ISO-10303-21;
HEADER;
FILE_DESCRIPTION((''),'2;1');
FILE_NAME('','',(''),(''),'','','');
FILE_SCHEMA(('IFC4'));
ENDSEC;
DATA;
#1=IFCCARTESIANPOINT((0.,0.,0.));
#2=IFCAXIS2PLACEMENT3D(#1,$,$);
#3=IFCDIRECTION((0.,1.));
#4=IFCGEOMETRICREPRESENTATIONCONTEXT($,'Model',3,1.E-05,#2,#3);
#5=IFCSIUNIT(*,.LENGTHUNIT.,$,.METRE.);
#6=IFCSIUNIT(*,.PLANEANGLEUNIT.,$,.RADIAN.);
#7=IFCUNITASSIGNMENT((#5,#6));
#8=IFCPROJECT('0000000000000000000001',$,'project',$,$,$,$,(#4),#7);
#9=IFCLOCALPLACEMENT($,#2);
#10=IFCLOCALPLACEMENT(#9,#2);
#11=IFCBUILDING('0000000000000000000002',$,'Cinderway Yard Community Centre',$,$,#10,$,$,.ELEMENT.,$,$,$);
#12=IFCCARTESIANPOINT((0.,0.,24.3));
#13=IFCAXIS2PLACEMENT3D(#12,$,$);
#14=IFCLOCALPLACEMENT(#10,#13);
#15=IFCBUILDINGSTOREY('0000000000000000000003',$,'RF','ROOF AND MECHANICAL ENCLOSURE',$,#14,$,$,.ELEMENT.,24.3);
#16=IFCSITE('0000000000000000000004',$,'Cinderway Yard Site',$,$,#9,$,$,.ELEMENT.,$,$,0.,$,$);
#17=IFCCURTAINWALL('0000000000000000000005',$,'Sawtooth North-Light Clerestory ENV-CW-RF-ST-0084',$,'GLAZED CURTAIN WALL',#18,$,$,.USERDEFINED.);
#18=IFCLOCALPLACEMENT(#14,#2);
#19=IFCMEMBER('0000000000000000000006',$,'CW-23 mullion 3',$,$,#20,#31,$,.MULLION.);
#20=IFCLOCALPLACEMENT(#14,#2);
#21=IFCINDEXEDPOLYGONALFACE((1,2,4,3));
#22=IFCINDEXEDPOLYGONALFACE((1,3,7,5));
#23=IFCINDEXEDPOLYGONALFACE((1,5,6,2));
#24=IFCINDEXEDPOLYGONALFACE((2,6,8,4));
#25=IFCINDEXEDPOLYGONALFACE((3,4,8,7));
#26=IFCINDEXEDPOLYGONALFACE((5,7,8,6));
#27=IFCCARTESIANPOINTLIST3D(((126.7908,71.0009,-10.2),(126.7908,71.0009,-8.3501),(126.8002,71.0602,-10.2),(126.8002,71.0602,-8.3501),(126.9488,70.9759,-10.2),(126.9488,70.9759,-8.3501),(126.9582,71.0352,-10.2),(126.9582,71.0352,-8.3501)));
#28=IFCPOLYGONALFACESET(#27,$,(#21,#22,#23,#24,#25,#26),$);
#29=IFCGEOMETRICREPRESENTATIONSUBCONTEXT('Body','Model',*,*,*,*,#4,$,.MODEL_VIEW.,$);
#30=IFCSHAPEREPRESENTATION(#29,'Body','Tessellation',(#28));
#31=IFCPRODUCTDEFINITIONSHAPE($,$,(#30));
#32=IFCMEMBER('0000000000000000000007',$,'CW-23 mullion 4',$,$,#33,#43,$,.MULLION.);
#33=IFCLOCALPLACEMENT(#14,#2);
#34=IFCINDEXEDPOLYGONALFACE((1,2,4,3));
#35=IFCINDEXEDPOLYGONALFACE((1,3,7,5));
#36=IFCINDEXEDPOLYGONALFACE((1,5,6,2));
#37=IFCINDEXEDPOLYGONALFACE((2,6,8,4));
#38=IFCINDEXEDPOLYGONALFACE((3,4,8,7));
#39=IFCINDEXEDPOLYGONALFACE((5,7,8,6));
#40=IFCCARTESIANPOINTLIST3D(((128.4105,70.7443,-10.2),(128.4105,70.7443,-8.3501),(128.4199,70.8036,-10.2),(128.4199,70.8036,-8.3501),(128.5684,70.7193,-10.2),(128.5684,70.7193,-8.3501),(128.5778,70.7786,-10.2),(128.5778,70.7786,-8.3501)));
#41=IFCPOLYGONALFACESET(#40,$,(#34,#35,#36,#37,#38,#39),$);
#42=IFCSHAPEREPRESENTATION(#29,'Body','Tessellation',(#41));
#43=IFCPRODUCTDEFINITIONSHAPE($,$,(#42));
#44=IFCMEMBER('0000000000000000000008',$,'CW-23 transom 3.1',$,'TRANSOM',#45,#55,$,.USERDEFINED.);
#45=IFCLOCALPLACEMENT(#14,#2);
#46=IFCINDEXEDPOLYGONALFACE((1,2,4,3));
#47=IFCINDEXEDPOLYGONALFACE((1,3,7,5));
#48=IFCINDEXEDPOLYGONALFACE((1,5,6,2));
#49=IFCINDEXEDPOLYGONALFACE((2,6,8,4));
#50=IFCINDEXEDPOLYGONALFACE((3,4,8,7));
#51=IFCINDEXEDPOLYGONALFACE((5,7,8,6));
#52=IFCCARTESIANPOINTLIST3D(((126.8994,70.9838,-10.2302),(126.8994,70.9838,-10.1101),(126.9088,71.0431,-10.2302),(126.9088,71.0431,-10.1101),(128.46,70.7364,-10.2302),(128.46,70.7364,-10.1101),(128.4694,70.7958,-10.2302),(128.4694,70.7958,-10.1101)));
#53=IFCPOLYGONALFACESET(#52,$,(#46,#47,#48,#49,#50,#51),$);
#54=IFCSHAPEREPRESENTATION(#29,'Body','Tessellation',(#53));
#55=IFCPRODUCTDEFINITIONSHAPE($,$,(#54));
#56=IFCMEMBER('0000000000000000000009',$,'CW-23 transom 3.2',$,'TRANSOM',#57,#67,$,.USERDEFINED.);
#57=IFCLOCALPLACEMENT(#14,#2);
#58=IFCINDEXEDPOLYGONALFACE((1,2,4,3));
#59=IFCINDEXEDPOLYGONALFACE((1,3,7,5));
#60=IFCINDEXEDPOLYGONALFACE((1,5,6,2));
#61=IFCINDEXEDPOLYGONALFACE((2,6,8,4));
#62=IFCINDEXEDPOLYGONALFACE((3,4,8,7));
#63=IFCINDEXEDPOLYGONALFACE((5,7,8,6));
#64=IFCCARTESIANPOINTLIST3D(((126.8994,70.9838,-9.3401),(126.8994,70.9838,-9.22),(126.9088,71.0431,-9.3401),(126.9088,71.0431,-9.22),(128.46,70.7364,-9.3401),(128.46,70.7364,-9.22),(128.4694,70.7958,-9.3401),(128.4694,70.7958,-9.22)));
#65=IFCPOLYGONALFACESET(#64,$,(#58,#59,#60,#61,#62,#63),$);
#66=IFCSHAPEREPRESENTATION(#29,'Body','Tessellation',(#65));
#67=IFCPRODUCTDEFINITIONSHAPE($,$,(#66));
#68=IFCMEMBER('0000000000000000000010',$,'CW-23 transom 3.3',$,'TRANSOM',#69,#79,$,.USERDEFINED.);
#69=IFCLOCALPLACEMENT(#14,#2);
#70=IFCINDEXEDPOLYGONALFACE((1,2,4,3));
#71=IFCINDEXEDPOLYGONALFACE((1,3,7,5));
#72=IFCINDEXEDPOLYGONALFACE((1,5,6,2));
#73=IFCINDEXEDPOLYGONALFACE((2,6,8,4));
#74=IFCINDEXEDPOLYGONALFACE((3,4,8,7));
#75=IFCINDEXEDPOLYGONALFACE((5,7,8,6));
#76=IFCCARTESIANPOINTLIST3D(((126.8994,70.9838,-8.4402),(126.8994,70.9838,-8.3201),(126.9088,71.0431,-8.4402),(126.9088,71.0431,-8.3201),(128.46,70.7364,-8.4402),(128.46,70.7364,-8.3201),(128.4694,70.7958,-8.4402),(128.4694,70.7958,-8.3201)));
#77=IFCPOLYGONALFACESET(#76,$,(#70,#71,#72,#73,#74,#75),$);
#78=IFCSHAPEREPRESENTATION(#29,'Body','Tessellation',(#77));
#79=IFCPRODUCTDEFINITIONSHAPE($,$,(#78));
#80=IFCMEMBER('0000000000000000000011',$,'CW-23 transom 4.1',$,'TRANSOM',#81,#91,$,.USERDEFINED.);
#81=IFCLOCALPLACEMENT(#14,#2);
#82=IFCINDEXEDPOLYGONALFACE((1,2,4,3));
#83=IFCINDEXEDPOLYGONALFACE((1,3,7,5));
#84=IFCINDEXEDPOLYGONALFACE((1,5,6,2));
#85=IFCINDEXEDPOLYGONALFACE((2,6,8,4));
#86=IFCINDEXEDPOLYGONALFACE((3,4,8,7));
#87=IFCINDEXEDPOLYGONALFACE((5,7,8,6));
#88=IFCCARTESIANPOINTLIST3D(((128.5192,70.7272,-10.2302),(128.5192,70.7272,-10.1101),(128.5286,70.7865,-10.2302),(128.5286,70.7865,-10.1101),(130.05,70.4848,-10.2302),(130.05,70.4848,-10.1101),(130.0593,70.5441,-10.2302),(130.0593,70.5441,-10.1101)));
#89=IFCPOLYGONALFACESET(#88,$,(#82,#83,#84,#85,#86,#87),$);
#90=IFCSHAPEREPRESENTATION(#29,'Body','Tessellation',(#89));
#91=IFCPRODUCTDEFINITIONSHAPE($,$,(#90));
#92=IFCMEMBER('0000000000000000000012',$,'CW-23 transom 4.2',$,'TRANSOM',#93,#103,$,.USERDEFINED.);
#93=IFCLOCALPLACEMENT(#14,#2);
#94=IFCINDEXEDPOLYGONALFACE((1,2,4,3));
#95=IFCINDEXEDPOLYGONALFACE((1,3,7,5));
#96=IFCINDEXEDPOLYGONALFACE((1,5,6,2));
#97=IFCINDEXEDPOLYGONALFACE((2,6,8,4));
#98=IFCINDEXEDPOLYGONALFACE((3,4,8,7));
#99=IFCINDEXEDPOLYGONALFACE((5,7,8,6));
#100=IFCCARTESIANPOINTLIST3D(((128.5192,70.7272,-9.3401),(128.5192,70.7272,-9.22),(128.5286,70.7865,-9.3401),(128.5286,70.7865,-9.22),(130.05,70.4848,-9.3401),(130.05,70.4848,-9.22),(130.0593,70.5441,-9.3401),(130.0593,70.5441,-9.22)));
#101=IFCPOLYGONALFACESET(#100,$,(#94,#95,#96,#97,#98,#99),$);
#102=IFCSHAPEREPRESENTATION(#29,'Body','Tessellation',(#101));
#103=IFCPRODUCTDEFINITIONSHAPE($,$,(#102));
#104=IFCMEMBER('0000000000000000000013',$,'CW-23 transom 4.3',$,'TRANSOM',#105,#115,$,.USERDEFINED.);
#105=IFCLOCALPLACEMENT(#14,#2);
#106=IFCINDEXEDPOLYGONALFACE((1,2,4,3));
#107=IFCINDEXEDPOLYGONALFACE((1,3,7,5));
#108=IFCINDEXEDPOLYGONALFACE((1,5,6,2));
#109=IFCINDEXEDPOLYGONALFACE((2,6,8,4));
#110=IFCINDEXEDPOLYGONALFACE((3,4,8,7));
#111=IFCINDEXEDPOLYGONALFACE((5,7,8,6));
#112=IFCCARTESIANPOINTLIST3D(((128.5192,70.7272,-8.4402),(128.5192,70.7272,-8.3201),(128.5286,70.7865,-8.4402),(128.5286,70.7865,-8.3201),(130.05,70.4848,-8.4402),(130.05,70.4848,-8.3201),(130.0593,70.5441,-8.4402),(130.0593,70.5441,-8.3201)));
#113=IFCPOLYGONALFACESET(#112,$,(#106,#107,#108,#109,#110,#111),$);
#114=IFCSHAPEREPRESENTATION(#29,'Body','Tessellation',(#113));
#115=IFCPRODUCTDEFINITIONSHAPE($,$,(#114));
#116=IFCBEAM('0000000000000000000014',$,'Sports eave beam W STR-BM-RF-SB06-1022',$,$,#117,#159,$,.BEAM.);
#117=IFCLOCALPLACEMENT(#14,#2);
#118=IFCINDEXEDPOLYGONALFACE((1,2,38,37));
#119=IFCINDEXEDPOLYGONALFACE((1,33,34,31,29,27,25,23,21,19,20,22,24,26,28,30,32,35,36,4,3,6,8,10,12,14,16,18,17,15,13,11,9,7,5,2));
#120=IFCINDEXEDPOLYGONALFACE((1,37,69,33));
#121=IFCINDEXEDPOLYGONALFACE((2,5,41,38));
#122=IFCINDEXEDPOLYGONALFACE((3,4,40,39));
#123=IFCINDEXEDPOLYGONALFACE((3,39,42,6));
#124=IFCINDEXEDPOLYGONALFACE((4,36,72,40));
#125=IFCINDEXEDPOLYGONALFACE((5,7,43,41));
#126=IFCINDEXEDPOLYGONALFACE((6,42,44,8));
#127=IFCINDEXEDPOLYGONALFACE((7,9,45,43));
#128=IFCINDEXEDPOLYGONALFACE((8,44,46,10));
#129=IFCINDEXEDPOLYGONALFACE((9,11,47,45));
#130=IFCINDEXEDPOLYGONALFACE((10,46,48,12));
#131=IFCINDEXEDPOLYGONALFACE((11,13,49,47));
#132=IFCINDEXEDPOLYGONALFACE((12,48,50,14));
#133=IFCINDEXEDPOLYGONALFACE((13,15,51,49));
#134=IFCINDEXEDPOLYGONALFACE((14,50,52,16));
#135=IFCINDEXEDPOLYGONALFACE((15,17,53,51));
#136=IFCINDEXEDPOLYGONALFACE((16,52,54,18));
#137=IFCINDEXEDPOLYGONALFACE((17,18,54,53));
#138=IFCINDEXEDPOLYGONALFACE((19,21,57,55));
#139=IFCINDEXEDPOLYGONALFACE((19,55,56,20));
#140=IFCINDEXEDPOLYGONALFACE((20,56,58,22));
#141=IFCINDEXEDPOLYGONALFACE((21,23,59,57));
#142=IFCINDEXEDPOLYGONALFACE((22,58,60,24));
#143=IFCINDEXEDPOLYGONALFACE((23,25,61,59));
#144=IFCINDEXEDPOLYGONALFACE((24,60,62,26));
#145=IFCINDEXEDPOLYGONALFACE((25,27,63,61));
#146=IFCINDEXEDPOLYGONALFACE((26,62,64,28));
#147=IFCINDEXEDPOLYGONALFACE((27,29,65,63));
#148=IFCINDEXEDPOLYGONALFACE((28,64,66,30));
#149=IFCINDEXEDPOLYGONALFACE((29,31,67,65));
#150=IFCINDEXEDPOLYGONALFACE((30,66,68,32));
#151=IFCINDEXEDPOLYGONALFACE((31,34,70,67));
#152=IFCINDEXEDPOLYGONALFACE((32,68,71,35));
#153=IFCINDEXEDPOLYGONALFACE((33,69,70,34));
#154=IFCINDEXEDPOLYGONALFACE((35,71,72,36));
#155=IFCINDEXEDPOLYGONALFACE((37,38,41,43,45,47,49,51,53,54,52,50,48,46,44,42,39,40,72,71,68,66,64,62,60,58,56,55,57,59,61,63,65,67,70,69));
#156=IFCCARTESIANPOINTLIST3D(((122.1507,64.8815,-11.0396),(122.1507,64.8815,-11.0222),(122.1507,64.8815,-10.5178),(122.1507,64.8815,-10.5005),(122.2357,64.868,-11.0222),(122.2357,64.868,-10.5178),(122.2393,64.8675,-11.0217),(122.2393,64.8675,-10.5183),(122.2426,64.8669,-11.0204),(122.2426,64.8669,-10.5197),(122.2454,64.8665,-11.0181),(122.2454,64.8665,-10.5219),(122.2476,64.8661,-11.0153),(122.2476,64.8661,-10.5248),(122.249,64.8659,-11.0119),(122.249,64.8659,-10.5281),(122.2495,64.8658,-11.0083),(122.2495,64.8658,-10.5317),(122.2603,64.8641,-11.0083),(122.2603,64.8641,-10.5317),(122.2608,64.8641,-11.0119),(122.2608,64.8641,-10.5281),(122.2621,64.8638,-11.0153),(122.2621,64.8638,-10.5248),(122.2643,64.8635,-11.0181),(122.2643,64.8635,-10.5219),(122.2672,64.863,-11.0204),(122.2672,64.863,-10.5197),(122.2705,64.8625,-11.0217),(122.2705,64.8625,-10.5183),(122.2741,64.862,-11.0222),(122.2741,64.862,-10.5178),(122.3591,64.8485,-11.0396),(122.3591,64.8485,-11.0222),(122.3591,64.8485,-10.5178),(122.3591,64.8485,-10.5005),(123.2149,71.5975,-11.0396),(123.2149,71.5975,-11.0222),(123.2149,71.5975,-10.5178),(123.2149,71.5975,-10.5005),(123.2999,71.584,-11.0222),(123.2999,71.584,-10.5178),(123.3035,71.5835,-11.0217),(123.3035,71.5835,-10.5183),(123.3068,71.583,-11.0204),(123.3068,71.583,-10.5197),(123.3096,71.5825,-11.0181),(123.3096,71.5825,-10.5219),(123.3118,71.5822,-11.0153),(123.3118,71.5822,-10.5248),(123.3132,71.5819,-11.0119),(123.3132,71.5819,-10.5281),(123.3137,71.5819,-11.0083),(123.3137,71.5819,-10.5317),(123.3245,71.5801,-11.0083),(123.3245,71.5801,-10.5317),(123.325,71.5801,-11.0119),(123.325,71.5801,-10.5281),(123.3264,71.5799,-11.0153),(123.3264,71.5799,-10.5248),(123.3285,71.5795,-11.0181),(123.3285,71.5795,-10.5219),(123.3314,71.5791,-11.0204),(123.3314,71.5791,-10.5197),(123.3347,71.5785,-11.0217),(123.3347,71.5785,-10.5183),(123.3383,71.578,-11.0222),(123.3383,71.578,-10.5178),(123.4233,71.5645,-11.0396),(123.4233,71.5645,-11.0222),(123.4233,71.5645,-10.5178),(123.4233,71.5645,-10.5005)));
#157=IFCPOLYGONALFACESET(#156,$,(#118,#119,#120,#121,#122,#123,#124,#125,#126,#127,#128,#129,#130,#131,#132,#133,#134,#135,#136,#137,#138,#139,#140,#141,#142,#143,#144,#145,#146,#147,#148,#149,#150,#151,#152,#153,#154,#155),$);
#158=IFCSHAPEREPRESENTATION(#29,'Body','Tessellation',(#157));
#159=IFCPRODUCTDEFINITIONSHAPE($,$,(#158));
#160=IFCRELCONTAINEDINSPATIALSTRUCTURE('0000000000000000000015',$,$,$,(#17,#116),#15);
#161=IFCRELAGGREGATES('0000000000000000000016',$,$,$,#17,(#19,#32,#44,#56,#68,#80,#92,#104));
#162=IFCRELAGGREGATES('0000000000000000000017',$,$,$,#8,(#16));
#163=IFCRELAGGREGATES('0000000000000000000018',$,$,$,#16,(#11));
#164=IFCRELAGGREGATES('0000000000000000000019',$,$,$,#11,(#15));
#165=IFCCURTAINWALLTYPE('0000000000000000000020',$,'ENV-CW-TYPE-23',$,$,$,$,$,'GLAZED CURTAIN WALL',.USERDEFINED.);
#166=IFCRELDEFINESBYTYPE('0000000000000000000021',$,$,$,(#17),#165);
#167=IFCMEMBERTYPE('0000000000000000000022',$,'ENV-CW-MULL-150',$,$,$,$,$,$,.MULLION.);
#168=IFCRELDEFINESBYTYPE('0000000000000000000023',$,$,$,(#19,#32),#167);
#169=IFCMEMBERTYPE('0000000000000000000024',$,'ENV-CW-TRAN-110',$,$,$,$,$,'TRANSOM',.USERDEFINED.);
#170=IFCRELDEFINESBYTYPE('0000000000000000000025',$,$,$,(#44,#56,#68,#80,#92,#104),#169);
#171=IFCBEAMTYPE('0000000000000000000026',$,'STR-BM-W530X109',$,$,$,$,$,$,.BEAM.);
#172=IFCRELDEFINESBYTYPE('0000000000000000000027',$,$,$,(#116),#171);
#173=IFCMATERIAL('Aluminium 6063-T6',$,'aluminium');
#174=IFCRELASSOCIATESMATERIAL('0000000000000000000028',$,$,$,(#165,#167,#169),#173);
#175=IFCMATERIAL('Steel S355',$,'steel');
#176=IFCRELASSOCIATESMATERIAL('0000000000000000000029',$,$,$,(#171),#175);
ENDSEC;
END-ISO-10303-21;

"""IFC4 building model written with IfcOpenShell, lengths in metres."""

from ifc_helpers import new_model, si_unit, direction, frame, origin, origin_2d, place, context, subcontext, project, spatial, rectangle, i_section, extrude, material, material_profile, profile_set, type_object, element, aggregate, save


model = new_model("IFC4")

# Units and contexts
model_context = context("Model", 3, precision=1e-05, world=origin(), true_north=direction((0.0, 1.0)))
body_context = subcontext(model_context, "Body", "Model", "MODEL_VIEW")
ifc_project = project(units=[si_unit("LENGTHUNIT", "METRE"), si_unit("PLANEANGLEUNIT", "RADIAN")], contexts=[model_context])

# Site, building, storey
site_placement = place(None, origin())
site = spatial("IfcSite", under=ifc_project, at=site_placement, Name="Cinderway Yard Site", CompositionType="ELEMENT", RefElevation=0.0)
building_placement = place(site_placement, origin())
building = spatial("IfcBuilding", under=site, at=building_placement, Name="Cinderway Yard Community Centre", CompositionType="ELEMENT")
storey_placement = place(building_placement, frame((0.0, 0.0, 24.3)))
storey = spatial("IfcBuildingStorey", under=building, at=storey_placement, Name="RF", Description="ROOF AND MECHANICAL ENCLOSURE", CompositionType="ELEMENT", Elevation=24.3)

# Curtain wall, members
ifc_material_1 = material(Name="Aluminium 6063-T6", Category="aluminium")
curtain_wall_type = type_object("IfcCurtainWallType", Name="ENV-CW-TYPE-23", ElementType="GLAZED CURTAIN WALL", PredefinedType="USERDEFINED", material=ifc_material_1)
curtain_wall_placement = place(storey_placement, origin())
curtain_wall = element("IfcCurtainWall", 1, at=curtain_wall_placement, inside=storey, type_object=curtain_wall_type, Name="Sawtooth North-Light Clerestory ENV-CW-RF-ST-0084", ObjectType="GLAZED CURTAIN WALL", PredefinedType="USERDEFINED")
ifc_material_profile_1 = material_profile(ifc_material_1, rectangle(XDim=0.0601, YDim=0.1599, at=origin_2d()), Name="Aluminium 6063-T6")
ifc_profile_set_1 = profile_set([ifc_material_profile_1], Name="Aluminium 6063-T6")
member_type_1 = type_object("IfcMemberType", Name="ENV-CW-MULL-150", PredefinedType="MULLION", material=ifc_profile_set_1)
member_1_placement = place(storey_placement, frame((126.8745, 71.0181, -10.2), z_axis=(0.0, 0.0, 1.0), x_axis=(0.156409, 0.987692, 0.0)))
member_1 = element("IfcMember", 2, at=member_1_placement, type_object=member_type_1, Name="CW-23 mullion 3", PredefinedType="MULLION", context=body_context, shape_type="SweptSolid", body=[
    extrude(rectangle(XDim=0.0601, YDim=0.1599, at=origin_2d()), origin(), (0.0, 0.0, 1.0), 1.8499),
])
member_2_placement = place(storey_placement, frame((128.4941, 70.7615, -10.2), z_axis=(0.0, 0.0, 1.0), x_axis=(0.156409, 0.987692, 0.0)))
member_2 = element("IfcMember", 3, at=member_2_placement, type_object=member_type_1, Name="CW-23 mullion 4", PredefinedType="MULLION", context=body_context, shape_type="SweptSolid", body=[
    extrude(rectangle(XDim=0.0601, YDim=0.1599, at=origin_2d()), origin(), (0.0, 0.0, 1.0), 1.8499),
])
ifc_material_profile_2 = material_profile(ifc_material_1, rectangle(XDim=0.0601, YDim=0.1201, at=origin_2d()), Name="Aluminium 6063-T6")
ifc_profile_set_2 = profile_set([ifc_material_profile_2], Name="Aluminium 6063-T6")
member_type_2 = type_object("IfcMemberType", Name="ENV-CW-TRAN-110", ElementType="TRANSOM", PredefinedType="USERDEFINED", material=ifc_profile_set_2)
member_3_placement = place(storey_placement, frame((126.9041, 71.0134, -10.1702), z_axis=(0.987674, -0.156526, 0.0), x_axis=(0.156526, 0.987674, 0.0)))
member_3 = element("IfcMember", 4, at=member_3_placement, type_object=member_type_2, Name="CW-23 transom 3.1", ObjectType="TRANSOM", PredefinedType="USERDEFINED", context=body_context, shape_type="SweptSolid", body=[
    extrude(rectangle(XDim=0.0601, YDim=0.1201, at=origin_2d()), origin(), (0.0, 0.0, 1.0), 1.5801),
])
member_4_placement = place(storey_placement, frame((126.9041, 71.0134, -9.28), z_axis=(0.987674, -0.156526, 0.0), x_axis=(0.156526, 0.987674, 0.0)))
member_4 = element("IfcMember", 5, at=member_4_placement, type_object=member_type_2, Name="CW-23 transom 3.2", ObjectType="TRANSOM", PredefinedType="USERDEFINED", context=body_context, shape_type="SweptSolid", body=[
    extrude(rectangle(XDim=0.0601, YDim=0.1201, at=origin_2d()), origin(), (0.0, 0.0, 1.0), 1.5801),
])
member_5_placement = place(storey_placement, frame((126.9041, 71.0134, -8.3801), z_axis=(0.987674, -0.156526, 0.0), x_axis=(0.156526, 0.987674, 0.0)))
member_5 = element("IfcMember", 6, at=member_5_placement, type_object=member_type_2, Name="CW-23 transom 3.3", ObjectType="TRANSOM", PredefinedType="USERDEFINED", context=body_context, shape_type="SweptSolid", body=[
    extrude(rectangle(XDim=0.0601, YDim=0.1201, at=origin_2d()), origin(), (0.0, 0.0, 1.0), 1.5801),
])
member_6_placement = place(storey_placement, frame((128.5239, 70.7568, -10.1702), z_axis=(0.98769, -0.156424, 0.0), x_axis=(0.156424, 0.98769, 0.0)))
member_6 = element("IfcMember", 7, at=member_6_placement, type_object=member_type_2, Name="CW-23 transom 4.1", ObjectType="TRANSOM", PredefinedType="USERDEFINED", context=body_context, shape_type="SweptSolid", body=[
    extrude(rectangle(XDim=0.0601, YDim=0.1201, at=origin_2d()), origin(), (0.0, 0.0, 1.0), 1.5498),
])
member_7_placement = place(storey_placement, frame((128.5239, 70.7568, -9.28), z_axis=(0.98769, -0.156424, 0.0), x_axis=(0.156424, 0.98769, 0.0)))
member_7 = element("IfcMember", 8, at=member_7_placement, type_object=member_type_2, Name="CW-23 transom 4.2", ObjectType="TRANSOM", PredefinedType="USERDEFINED", context=body_context, shape_type="SweptSolid", body=[
    extrude(rectangle(XDim=0.0601, YDim=0.1201, at=origin_2d()), origin(), (0.0, 0.0, 1.0), 1.5498),
])
member_8_placement = place(storey_placement, frame((128.5239, 70.7568, -8.3801), z_axis=(0.98769, -0.156424, 0.0), x_axis=(0.156424, 0.98769, 0.0)))
member_8 = element("IfcMember", 9, at=member_8_placement, type_object=member_type_2, Name="CW-23 transom 4.3", ObjectType="TRANSOM", PredefinedType="USERDEFINED", context=body_context, shape_type="SweptSolid", body=[
    extrude(rectangle(XDim=0.0601, YDim=0.1201, at=origin_2d()), origin(), (0.0, 0.0, 1.0), 1.5498),
])

# Beam
ifc_material_2 = material(Name="Steel S355", Category="steel")
ifc_material_profile_3 = material_profile(ifc_material_2, i_section(OverallWidth=0.2109, OverallDepth=0.5391, WebThickness=0.011, FlangeThickness=0.0173, FilletRadius=0.0139, at=origin_2d()), Name="Steel S355")
ifc_profile_set_3 = profile_set([ifc_material_profile_3], Name="Steel S355")
beam_type_1 = type_object("IfcBeamType", Name="STR-BM-W530X109", PredefinedType="BEAM", material=ifc_profile_set_3)
beam_1_placement = place(storey_placement, frame((122.2549, 64.865, -10.77), z_axis=(0.156505, 0.987677, 0.0), x_axis=(-0.987677, 0.156505, 0.0)))
element("IfcBeam", 10, at=beam_1_placement, inside=storey, type_object=beam_type_1, Name="Sports eave beam W STR-BM-RF-SB06-1022", PredefinedType="BEAM", context=body_context, shape_type="SweptSolid", body=[
    extrude(i_section(OverallWidth=0.2109, OverallDepth=0.5391, WebThickness=0.011, FlangeThickness=0.0173, FilletRadius=0.0139, at=origin_2d()), origin(), (0.0, 0.0, 1.0), 6.7998),
])

aggregate(curtain_wall, [member_1, member_2, member_3, member_4, member_5, member_6, member_7, member_8])

save(model, "model.ifc")
